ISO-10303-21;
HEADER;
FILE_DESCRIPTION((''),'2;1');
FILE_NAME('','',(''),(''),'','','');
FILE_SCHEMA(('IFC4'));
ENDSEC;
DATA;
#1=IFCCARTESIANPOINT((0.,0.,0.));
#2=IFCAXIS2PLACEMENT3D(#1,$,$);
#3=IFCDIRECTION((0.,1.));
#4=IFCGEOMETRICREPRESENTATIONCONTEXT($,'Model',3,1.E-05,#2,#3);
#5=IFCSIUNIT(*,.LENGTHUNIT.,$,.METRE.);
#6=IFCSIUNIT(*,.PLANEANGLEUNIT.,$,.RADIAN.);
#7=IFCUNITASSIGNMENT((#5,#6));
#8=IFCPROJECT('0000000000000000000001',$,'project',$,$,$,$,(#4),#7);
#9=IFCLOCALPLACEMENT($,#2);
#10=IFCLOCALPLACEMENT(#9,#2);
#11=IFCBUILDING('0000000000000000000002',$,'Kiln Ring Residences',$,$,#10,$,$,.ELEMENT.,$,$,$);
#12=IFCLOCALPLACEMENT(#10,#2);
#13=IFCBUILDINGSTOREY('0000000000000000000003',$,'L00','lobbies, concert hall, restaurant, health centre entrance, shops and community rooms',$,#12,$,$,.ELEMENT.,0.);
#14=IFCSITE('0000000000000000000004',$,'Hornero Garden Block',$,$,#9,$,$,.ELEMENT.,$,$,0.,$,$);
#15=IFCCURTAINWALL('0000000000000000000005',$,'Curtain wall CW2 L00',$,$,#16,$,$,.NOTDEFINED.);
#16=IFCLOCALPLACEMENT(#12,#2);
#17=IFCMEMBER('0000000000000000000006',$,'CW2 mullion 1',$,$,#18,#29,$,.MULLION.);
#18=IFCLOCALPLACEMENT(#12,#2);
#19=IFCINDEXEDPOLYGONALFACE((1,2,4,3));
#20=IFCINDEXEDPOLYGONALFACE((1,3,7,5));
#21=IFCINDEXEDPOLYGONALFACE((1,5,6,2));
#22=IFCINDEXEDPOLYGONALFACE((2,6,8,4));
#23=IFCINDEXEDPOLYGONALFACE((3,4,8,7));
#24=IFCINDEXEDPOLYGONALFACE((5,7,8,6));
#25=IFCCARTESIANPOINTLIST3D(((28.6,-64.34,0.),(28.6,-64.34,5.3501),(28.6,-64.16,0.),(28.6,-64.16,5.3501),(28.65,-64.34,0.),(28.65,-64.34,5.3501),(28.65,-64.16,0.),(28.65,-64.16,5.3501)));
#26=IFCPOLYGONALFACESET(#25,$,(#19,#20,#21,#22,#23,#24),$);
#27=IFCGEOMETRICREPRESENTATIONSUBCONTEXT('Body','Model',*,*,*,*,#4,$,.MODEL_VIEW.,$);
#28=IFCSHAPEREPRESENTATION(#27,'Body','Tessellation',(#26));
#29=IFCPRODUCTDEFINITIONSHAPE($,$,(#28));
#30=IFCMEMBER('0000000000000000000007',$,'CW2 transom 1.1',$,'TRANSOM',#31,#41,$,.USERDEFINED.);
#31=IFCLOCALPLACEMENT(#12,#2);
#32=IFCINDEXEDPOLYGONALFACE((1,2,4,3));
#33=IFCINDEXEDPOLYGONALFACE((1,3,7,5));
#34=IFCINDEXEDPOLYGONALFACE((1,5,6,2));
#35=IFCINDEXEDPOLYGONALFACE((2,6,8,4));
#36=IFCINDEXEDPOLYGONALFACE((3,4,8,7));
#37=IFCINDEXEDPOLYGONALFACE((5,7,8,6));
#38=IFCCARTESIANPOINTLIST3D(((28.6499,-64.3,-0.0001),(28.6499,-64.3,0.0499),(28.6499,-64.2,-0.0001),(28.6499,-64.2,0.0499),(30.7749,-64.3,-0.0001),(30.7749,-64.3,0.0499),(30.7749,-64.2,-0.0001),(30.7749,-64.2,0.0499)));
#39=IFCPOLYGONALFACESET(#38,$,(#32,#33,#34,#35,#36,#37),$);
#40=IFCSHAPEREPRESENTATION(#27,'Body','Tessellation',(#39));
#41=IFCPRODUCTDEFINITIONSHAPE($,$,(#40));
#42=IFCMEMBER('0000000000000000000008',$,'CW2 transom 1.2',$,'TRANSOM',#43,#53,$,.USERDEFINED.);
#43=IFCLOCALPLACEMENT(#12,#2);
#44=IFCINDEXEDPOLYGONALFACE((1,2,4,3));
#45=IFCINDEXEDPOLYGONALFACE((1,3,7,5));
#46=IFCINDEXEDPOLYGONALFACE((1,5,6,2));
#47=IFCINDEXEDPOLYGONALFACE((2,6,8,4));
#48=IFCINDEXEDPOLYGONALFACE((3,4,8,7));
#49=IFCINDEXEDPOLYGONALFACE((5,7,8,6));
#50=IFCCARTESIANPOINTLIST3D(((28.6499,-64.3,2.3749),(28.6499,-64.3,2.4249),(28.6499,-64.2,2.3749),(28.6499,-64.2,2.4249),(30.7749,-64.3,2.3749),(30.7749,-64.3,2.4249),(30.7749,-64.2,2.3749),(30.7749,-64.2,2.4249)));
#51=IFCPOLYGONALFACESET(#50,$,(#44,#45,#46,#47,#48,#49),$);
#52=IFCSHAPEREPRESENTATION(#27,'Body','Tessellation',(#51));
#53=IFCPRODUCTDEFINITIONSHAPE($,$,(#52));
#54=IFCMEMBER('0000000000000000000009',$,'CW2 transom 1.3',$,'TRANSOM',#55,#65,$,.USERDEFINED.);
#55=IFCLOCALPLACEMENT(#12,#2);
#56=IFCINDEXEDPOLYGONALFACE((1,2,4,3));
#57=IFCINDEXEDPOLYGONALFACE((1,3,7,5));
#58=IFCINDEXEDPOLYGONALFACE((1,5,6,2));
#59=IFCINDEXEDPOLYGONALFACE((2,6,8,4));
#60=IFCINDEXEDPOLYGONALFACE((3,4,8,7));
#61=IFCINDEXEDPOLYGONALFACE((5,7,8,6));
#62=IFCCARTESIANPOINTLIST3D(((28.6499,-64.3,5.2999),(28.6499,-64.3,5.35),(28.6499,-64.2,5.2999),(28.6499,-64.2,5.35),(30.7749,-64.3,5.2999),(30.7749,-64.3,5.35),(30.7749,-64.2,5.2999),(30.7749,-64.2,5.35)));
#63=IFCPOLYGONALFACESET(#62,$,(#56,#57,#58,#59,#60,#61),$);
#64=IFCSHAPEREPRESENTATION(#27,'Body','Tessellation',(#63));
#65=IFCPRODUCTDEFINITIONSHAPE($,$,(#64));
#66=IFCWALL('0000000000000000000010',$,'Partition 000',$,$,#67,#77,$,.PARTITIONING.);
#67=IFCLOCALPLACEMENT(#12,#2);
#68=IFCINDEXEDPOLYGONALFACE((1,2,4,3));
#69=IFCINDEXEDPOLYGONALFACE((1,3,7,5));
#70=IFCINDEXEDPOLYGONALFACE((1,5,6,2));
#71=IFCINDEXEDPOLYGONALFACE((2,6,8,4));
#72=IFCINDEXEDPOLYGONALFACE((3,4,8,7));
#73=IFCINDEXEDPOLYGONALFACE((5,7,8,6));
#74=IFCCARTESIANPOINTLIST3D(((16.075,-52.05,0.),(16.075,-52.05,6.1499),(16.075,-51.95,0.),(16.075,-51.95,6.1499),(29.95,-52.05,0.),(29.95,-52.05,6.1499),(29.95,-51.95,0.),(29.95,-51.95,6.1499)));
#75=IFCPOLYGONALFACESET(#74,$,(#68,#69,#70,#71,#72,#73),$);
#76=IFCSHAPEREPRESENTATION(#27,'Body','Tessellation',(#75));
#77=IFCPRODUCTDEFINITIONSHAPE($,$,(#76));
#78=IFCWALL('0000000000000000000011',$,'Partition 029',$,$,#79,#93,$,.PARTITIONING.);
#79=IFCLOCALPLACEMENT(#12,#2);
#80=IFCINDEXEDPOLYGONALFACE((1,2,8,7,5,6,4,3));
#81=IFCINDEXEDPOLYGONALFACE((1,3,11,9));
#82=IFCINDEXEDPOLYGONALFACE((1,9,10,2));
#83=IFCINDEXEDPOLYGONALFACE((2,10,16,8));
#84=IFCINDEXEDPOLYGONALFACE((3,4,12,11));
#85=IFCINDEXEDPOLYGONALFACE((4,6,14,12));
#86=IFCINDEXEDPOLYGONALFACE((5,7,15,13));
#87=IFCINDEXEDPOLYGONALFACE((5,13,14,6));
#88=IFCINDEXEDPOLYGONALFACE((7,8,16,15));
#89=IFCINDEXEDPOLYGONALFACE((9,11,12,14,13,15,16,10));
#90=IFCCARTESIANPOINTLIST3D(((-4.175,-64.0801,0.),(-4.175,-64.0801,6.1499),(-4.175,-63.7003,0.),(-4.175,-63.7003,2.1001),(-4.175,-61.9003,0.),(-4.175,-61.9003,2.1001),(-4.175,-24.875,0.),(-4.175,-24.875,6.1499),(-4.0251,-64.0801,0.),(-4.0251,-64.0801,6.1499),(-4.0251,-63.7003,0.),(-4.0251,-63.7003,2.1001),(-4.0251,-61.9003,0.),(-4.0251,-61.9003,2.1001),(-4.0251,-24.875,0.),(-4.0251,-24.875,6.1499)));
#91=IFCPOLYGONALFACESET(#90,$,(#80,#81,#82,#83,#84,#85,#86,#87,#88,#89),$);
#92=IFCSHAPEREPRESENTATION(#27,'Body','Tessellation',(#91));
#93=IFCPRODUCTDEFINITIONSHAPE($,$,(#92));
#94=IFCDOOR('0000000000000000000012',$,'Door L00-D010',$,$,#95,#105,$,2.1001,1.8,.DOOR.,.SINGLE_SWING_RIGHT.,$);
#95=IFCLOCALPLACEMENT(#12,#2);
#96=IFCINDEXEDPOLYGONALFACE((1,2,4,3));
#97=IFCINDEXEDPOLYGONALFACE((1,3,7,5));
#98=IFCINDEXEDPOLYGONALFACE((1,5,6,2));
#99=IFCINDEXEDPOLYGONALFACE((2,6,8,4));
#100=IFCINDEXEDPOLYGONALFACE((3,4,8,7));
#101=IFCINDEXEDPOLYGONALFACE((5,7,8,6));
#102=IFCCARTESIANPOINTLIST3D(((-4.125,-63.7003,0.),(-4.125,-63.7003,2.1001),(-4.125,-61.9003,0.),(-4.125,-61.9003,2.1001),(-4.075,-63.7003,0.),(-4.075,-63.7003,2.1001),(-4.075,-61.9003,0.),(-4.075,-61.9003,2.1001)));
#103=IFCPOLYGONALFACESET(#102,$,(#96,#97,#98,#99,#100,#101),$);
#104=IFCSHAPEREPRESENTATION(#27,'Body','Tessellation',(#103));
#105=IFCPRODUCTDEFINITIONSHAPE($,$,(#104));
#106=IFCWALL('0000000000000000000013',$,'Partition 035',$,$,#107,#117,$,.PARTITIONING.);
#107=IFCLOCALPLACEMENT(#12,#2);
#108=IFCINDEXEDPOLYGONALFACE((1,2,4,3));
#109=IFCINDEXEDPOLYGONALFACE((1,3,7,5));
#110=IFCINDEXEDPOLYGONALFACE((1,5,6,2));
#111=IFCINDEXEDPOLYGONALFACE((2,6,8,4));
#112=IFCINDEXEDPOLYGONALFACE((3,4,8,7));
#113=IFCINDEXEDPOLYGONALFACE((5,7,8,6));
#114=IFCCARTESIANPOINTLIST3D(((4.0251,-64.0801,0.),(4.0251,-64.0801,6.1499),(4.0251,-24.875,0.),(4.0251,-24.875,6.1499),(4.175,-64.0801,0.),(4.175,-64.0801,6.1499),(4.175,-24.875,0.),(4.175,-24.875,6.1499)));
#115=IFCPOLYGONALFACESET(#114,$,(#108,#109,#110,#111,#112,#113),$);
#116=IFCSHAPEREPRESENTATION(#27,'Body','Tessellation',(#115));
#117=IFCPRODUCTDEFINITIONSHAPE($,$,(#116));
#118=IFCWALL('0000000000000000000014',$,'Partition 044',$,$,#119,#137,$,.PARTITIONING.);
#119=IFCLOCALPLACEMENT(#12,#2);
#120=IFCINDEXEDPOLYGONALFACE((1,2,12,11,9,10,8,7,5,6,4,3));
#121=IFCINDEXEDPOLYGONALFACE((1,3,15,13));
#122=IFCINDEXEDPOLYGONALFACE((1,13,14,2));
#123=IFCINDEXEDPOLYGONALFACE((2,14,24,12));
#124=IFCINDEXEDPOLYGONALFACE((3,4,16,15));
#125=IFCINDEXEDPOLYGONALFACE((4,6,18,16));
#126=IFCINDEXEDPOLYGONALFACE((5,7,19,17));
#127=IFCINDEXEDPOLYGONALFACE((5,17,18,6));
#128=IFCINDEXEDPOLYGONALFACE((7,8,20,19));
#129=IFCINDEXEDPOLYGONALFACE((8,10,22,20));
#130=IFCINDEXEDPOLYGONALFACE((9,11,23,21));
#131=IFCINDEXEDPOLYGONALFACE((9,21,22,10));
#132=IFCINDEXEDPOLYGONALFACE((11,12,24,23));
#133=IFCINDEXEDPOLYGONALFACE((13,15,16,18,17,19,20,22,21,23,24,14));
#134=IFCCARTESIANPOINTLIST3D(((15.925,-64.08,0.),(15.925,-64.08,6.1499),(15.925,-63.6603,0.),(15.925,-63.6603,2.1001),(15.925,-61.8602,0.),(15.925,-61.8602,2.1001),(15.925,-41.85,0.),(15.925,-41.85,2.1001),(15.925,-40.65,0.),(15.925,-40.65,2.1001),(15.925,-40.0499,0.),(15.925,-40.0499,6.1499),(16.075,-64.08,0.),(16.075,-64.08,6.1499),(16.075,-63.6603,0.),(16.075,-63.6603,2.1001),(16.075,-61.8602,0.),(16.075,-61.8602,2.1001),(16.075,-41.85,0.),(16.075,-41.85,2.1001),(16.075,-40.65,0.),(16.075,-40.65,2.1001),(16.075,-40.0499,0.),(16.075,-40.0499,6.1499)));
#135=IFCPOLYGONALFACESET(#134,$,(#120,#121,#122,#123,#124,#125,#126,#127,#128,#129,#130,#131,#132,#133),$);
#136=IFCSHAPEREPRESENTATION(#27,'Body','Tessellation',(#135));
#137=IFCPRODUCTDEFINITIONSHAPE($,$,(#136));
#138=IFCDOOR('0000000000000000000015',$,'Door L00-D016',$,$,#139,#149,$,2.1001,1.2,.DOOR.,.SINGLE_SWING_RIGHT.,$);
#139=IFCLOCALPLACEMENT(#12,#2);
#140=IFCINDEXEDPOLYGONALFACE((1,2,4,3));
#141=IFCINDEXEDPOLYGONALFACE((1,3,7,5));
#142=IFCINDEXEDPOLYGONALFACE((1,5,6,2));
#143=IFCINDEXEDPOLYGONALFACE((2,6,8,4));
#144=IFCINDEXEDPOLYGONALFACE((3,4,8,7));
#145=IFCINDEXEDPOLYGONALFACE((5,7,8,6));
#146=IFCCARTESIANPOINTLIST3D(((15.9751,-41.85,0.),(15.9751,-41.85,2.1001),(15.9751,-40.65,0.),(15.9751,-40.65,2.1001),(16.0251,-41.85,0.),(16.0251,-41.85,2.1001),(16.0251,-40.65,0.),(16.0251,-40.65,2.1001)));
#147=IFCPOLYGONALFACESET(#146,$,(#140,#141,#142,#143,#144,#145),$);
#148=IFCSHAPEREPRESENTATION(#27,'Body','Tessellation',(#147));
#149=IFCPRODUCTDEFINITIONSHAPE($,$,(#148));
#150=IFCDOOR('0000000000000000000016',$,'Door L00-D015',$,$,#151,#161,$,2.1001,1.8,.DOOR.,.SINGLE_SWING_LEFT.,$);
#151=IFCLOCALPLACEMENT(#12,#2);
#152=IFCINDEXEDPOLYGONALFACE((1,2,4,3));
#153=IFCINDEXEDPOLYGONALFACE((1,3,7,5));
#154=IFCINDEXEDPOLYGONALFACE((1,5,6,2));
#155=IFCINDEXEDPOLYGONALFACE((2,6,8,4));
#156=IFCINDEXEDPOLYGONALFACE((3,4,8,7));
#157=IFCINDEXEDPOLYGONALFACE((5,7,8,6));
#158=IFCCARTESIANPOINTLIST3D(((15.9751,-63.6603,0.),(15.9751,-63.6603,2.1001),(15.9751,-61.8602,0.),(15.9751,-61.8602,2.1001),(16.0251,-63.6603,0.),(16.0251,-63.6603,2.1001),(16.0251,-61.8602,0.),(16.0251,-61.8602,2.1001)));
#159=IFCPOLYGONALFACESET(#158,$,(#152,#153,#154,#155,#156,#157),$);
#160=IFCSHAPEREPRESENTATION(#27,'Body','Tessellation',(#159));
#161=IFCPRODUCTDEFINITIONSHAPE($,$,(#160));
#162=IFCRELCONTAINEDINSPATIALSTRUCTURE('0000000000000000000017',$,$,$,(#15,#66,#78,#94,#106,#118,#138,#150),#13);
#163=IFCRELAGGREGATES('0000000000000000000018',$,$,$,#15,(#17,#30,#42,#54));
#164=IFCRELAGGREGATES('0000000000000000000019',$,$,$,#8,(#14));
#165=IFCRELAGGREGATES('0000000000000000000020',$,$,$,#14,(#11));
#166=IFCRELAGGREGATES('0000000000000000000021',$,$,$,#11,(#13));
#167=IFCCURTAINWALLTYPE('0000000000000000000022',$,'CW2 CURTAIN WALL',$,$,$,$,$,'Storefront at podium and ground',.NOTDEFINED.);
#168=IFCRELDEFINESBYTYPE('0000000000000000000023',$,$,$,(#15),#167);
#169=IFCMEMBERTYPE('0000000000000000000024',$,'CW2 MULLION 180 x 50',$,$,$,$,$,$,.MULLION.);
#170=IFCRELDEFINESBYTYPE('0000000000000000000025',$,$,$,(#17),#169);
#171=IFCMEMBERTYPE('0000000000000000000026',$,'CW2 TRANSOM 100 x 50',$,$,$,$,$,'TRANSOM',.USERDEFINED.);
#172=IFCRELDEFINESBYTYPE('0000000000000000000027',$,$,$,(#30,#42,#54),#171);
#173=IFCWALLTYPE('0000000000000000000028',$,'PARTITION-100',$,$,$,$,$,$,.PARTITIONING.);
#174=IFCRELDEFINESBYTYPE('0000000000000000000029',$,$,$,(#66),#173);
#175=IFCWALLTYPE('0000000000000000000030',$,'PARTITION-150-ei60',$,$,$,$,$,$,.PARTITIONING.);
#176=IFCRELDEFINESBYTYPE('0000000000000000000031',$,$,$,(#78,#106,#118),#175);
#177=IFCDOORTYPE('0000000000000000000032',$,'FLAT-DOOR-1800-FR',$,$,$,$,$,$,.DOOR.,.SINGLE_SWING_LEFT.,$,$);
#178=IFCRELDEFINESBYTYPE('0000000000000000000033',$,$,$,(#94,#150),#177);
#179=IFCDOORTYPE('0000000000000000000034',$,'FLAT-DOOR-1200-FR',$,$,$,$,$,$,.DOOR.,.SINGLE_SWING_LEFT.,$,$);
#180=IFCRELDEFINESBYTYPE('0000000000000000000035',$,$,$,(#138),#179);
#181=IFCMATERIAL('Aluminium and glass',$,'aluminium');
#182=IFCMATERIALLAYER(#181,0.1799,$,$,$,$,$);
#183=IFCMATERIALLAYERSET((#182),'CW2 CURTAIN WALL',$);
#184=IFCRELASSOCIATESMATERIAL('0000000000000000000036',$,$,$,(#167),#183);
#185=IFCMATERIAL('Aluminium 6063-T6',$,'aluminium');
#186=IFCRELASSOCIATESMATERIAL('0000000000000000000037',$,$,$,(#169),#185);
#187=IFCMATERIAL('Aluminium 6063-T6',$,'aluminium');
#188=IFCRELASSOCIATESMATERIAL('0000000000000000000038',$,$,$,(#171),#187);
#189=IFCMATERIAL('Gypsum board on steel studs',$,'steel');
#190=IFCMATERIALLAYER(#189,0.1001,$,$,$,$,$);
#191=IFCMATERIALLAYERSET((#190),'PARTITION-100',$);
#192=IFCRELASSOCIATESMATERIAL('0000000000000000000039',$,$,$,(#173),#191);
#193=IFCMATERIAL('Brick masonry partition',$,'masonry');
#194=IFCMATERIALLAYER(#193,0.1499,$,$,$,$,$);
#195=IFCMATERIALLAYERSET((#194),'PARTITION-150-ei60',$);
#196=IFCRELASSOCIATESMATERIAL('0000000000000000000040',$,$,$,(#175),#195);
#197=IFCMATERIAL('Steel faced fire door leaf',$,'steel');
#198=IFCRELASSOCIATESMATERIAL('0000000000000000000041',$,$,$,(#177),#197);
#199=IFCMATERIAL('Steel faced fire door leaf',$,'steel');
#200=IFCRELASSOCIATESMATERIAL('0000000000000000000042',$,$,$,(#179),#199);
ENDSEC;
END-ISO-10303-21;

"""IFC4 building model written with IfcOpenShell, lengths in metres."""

from ifc_helpers import new_model, si_unit, direction, frame, frame_2d, origin, origin_2d, place, context, subcontext, project, spatial, rectangle, extrude, material, layer, layer_set, material_profile, profile_set, type_object, element, fill, aggregate, save


model = new_model("IFC4")

# Units and contexts
model_context = context("Model", 3, precision=1e-05, world=origin(), true_north=direction((0.0, 1.0)))
body_context = subcontext(model_context, "Body", "Model", "MODEL_VIEW")
ifc_project = project(units=[si_unit("LENGTHUNIT", "METRE"), si_unit("PLANEANGLEUNIT", "RADIAN")], contexts=[model_context])

# Site, building, storey
site_placement = place(None, origin())
site = spatial("IfcSite", under=ifc_project, at=site_placement, Name="Hornero Garden Block", CompositionType="ELEMENT", RefElevation=0.0)
building_placement = place(site_placement, origin())
building = spatial("IfcBuilding", under=site, at=building_placement, Name="Kiln Ring Residences", CompositionType="ELEMENT")
storey_placement = place(building_placement, origin())
storey = spatial("IfcBuildingStorey", under=building, at=storey_placement, Name="L00", Description="lobbies, concert hall, restaurant, health centre entrance, shops and community rooms", CompositionType="ELEMENT", Elevation=0.0)

# Curtain wall, members
ifc_material_1 = material(Name="Aluminium and glass", Category="aluminium")
ifc_layer_1 = layer(ifc_material_1, 0.1799)
ifc_layer_set_1 = layer_set([ifc_layer_1], Name="CW2 CURTAIN WALL")
curtain_wall_type = type_object("IfcCurtainWallType", Name="CW2 CURTAIN WALL", ElementType="Storefront at podium and ground", PredefinedType="NOTDEFINED", material=ifc_layer_set_1)
curtain_wall_placement = place(storey_placement, origin())
curtain_wall = element("IfcCurtainWall", 1, at=curtain_wall_placement, inside=storey, type_object=curtain_wall_type, Name="Curtain wall CW2 L00", PredefinedType="NOTDEFINED")
ifc_material_2 = material(Name="Aluminium 6063-T6", Category="aluminium")
ifc_material_profile_1 = material_profile(ifc_material_2, rectangle(XDim=0.1799, YDim=0.05, at=origin_2d()), Name="AL 180x50")
ifc_profile_set_1 = profile_set([ifc_material_profile_1], Name="Aluminium 6063-T6")
member_type_1 = type_object("IfcMemberType", Name="CW2 MULLION 180 x 50", PredefinedType="MULLION", material=ifc_profile_set_1)
member_1_placement = place(storey_placement, frame((28.625, -64.25, 0.0), z_axis=(0.0, 0.0, 1.0), x_axis=(0.0, 1.0, 0.0)))
member_1 = element("IfcMember", 2, at=member_1_placement, type_object=member_type_1, Name="CW2 mullion 1", PredefinedType="MULLION", context=body_context, shape_type="SweptSolid", body=[
    extrude(rectangle(XDim=0.1799, YDim=0.05, at=origin_2d()), origin(), (0.0, 0.0, 1.0), 5.3501),
])
ifc_material_3 = material(Name="Aluminium 6063-T6", Category="aluminium")
ifc_material_profile_2 = material_profile(ifc_material_3, rectangle(XDim=0.1001, YDim=0.05, at=origin_2d()), Name="AL 100x50")
ifc_profile_set_2 = profile_set([ifc_material_profile_2], Name="Aluminium 6063-T6")
member_type_2 = type_object("IfcMemberType", Name="CW2 TRANSOM 100 x 50", ElementType="TRANSOM", PredefinedType="USERDEFINED", material=ifc_profile_set_2)
member_2_placement = place(storey_placement, frame((28.6499, -64.25, 0.0249), z_axis=(1.0, 0.0, 0.0), x_axis=(0.0, 1.0, 0.0)))
member_2 = element("IfcMember", 3, at=member_2_placement, type_object=member_type_2, Name="CW2 transom 1.1", ObjectType="TRANSOM", PredefinedType="USERDEFINED", context=body_context, shape_type="SweptSolid", body=[
    extrude(rectangle(XDim=0.1001, YDim=0.05, at=origin_2d()), origin(), (0.0, 0.0, 1.0), 2.125),
])
member_3_placement = place(storey_placement, frame((28.6499, -64.25, 2.3999), z_axis=(1.0, 0.0, 0.0), x_axis=(0.0, 1.0, 0.0)))
member_3 = element("IfcMember", 4, at=member_3_placement, type_object=member_type_2, Name="CW2 transom 1.2", ObjectType="TRANSOM", PredefinedType="USERDEFINED", context=body_context, shape_type="SweptSolid", body=[
    extrude(rectangle(XDim=0.1001, YDim=0.05, at=origin_2d()), origin(), (0.0, 0.0, 1.0), 2.125),
])
member_4_placement = place(storey_placement, frame((28.6499, -64.25, 5.325), z_axis=(1.0, 0.0, 0.0), x_axis=(0.0, 1.0, 0.0)))
member_4 = element("IfcMember", 5, at=member_4_placement, type_object=member_type_2, Name="CW2 transom 1.3", ObjectType="TRANSOM", PredefinedType="USERDEFINED", context=body_context, shape_type="SweptSolid", body=[
    extrude(rectangle(XDim=0.1001, YDim=0.05, at=origin_2d()), origin(), (0.0, 0.0, 1.0), 2.125),
])
aggregate(curtain_wall, [member_1, member_2, member_3, member_4])

# Wall
ifc_material_4 = material(Name="Gypsum board on steel studs", Category="steel")
ifc_layer_2 = layer(ifc_material_4, 0.1001)
ifc_layer_set_2 = layer_set([ifc_layer_2], Name="PARTITION-100")
wall_type_1 = type_object("IfcWallType", Name="PARTITION-100", PredefinedType="PARTITIONING", material=ifc_layer_set_2)
wall_1_placement = place(storey_placement, frame((16.075, -52.0, 0.0), z_axis=(0.0, 0.0, 1.0), x_axis=(1.0, 0.0, 0.0)))
element("IfcWall", 6, at=wall_1_placement, inside=storey, type_object=wall_type_1, Name="Partition 000", PredefinedType="PARTITIONING", context=body_context, shape_type="SweptSolid", body=[
    extrude(rectangle(XDim=13.875, YDim=0.1001, at=frame_2d((6.9375, 0.0))), origin(), (0.0, 0.0, 1.0), 6.1499),
])

# Wall, opening, door
ifc_material_5 = material(Name="Brick masonry partition", Category="masonry")
ifc_layer_3 = layer(ifc_material_5, 0.1499)
ifc_layer_set_3 = layer_set([ifc_layer_3], Name="PARTITION-150-ei60")
wall_type_2 = type_object("IfcWallType", Name="PARTITION-150-ei60", PredefinedType="PARTITIONING", material=ifc_layer_set_3)
wall_2_placement = place(storey_placement, frame((-4.1001, -64.0801, 0.0), z_axis=(0.0, 0.0, 1.0), x_axis=(0.0, 1.0, 0.0)))
wall_2 = element("IfcWall", 7, at=wall_2_placement, inside=storey, type_object=wall_type_2, Name="Partition 029", PredefinedType="PARTITIONING", context=body_context, shape_type="SweptSolid", body=[
    extrude(rectangle(XDim=39.2051, YDim=0.1499, at=frame_2d((19.6025, 0.0))), origin(), (0.0, 0.0, 1.0), 6.1499),
])
opening_1_placement = place(wall_2_placement, frame((0.3799, 0.0, 0.0)))
opening_1 = element("IfcOpeningElement", 8, at=opening_1_placement, cuts=wall_2, PredefinedType="OPENING", context=body_context, shape_type="SweptSolid", body=[
    extrude(rectangle(XDim=1.8, YDim=2.1001, at=frame_2d((0.8999, 1.05))), frame((0.0, 0.085, 0.0), z_axis=(0.0, -1.0, 0.0), x_axis=(1.0, 0.0, 0.0)), (0.0, 0.0, 1.0), 0.1699),
])
ifc_material_6 = material(Name="Steel faced fire door leaf", Category="steel")
door_type_1 = type_object("IfcDoorType", Name="FLAT-DOOR-1800-FR", OperationType="SINGLE_SWING_LEFT", PredefinedType="DOOR", material=ifc_material_6)
door_1_placement = place(opening_1_placement, origin())
door_1 = element("IfcDoor", 9, at=door_1_placement, inside=storey, type_object=door_type_1, Name="Door L00-D010", OperationType="SINGLE_SWING_RIGHT", OverallHeight=2.1001, OverallWidth=1.8, PredefinedType="DOOR", context=body_context, shape_type="SweptSolid", body=[
    extrude(rectangle(XDim=1.8, YDim=2.1001, at=frame_2d((0.8999, 1.05))), frame((0.0, 0.0249, 0.0), z_axis=(0.0, -1.0, 0.0), x_axis=(1.0, 0.0, 0.0)), (0.0, 0.0, 1.0), 0.05),
])
fill(opening_1, door_1)

# Wall
wall_3_placement = place(storey_placement, frame((4.1001, -64.0801, 0.0), z_axis=(0.0, 0.0, 1.0), x_axis=(0.0, 1.0, 0.0)))
element("IfcWall", 10, at=wall_3_placement, inside=storey, type_object=wall_type_2, Name="Partition 035", PredefinedType="PARTITIONING", context=body_context, shape_type="SweptSolid", body=[
    extrude(rectangle(XDim=39.2051, YDim=0.1499, at=frame_2d((19.6025, 0.0))), origin(), (0.0, 0.0, 1.0), 6.1499),
])

# Wall, openings, doors
wall_4_placement = place(storey_placement, frame((16.0, -64.0801, 0.0), z_axis=(0.0, 0.0, 1.0), x_axis=(0.0, 1.0, 0.0)))
wall_4 = element("IfcWall", 11, at=wall_4_placement, inside=storey, type_object=wall_type_2, Name="Partition 044", PredefinedType="PARTITIONING", context=body_context, shape_type="SweptSolid", body=[
    extrude(rectangle(XDim=24.03, YDim=0.1499, at=frame_2d((12.0151, 0.0))), origin(), (0.0, 0.0, 1.0), 6.1499),
])
opening_2_placement = place(wall_4_placement, frame((0.4199, 0.0, 0.0)))
opening_2 = element("IfcOpeningElement", 12, at=opening_2_placement, cuts=wall_4, PredefinedType="OPENING", context=body_context, shape_type="SweptSolid", body=[
    extrude(rectangle(XDim=1.8, YDim=2.1001, at=frame_2d((0.8999, 1.05))), frame((0.0, 0.085, 0.0), z_axis=(0.0, -1.0, 0.0), x_axis=(1.0, 0.0, 0.0)), (0.0, 0.0, 1.0), 0.1699),
])
opening_3_placement = place(wall_4_placement, frame((22.23, 0.0, 0.0)))
opening_3 = element("IfcOpeningElement", 13, at=opening_3_placement, cuts=wall_4, PredefinedType="OPENING", context=body_context, shape_type="SweptSolid", body=[
    extrude(rectangle(XDim=1.2, YDim=2.1001, at=frame_2d((0.6001, 1.05))), frame((0.0, 0.085, 0.0), z_axis=(0.0, -1.0, 0.0), x_axis=(1.0, 0.0, 0.0)), (0.0, 0.0, 1.0), 0.1699),
])
ifc_material_7 = material(Name="Steel faced fire door leaf", Category="steel")
door_type_2 = type_object("IfcDoorType", Name="FLAT-DOOR-1200-FR", OperationType="SINGLE_SWING_LEFT", PredefinedType="DOOR", material=ifc_material_7)
door_2_placement = place(opening_3_placement, origin())
door_2 = element("IfcDoor", 14, at=door_2_placement, inside=storey, type_object=door_type_2, Name="Door L00-D016", OperationType="SINGLE_SWING_RIGHT", OverallHeight=2.1001, OverallWidth=1.2, PredefinedType="DOOR", context=body_context, shape_type="SweptSolid", body=[
    extrude(rectangle(XDim=1.2, YDim=2.1001, at=frame_2d((0.6001, 1.05))), frame((0.0, 0.0249, 0.0), z_axis=(0.0, -1.0, 0.0), x_axis=(1.0, 0.0, 0.0)), (0.0, 0.0, 1.0), 0.05),
])
fill(opening_3, door_2)
door_3_placement = place(opening_2_placement, origin())
door_3 = element("IfcDoor", 15, at=door_3_placement, inside=storey, type_object=door_type_1, Name="Door L00-D015", OperationType="SINGLE_SWING_LEFT", OverallHeight=2.1001, OverallWidth=1.8, PredefinedType="DOOR", context=body_context, shape_type="SweptSolid", body=[
    extrude(rectangle(XDim=1.8, YDim=2.1001, at=frame_2d((0.8999, 1.05))), frame((0.0, 0.0249, 0.0), z_axis=(0.0, -1.0, 0.0), x_axis=(1.0, 0.0, 0.0)), (0.0, 0.0, 1.0), 0.05),
])
fill(opening_2, door_3)

save(model, "model.ifc")
